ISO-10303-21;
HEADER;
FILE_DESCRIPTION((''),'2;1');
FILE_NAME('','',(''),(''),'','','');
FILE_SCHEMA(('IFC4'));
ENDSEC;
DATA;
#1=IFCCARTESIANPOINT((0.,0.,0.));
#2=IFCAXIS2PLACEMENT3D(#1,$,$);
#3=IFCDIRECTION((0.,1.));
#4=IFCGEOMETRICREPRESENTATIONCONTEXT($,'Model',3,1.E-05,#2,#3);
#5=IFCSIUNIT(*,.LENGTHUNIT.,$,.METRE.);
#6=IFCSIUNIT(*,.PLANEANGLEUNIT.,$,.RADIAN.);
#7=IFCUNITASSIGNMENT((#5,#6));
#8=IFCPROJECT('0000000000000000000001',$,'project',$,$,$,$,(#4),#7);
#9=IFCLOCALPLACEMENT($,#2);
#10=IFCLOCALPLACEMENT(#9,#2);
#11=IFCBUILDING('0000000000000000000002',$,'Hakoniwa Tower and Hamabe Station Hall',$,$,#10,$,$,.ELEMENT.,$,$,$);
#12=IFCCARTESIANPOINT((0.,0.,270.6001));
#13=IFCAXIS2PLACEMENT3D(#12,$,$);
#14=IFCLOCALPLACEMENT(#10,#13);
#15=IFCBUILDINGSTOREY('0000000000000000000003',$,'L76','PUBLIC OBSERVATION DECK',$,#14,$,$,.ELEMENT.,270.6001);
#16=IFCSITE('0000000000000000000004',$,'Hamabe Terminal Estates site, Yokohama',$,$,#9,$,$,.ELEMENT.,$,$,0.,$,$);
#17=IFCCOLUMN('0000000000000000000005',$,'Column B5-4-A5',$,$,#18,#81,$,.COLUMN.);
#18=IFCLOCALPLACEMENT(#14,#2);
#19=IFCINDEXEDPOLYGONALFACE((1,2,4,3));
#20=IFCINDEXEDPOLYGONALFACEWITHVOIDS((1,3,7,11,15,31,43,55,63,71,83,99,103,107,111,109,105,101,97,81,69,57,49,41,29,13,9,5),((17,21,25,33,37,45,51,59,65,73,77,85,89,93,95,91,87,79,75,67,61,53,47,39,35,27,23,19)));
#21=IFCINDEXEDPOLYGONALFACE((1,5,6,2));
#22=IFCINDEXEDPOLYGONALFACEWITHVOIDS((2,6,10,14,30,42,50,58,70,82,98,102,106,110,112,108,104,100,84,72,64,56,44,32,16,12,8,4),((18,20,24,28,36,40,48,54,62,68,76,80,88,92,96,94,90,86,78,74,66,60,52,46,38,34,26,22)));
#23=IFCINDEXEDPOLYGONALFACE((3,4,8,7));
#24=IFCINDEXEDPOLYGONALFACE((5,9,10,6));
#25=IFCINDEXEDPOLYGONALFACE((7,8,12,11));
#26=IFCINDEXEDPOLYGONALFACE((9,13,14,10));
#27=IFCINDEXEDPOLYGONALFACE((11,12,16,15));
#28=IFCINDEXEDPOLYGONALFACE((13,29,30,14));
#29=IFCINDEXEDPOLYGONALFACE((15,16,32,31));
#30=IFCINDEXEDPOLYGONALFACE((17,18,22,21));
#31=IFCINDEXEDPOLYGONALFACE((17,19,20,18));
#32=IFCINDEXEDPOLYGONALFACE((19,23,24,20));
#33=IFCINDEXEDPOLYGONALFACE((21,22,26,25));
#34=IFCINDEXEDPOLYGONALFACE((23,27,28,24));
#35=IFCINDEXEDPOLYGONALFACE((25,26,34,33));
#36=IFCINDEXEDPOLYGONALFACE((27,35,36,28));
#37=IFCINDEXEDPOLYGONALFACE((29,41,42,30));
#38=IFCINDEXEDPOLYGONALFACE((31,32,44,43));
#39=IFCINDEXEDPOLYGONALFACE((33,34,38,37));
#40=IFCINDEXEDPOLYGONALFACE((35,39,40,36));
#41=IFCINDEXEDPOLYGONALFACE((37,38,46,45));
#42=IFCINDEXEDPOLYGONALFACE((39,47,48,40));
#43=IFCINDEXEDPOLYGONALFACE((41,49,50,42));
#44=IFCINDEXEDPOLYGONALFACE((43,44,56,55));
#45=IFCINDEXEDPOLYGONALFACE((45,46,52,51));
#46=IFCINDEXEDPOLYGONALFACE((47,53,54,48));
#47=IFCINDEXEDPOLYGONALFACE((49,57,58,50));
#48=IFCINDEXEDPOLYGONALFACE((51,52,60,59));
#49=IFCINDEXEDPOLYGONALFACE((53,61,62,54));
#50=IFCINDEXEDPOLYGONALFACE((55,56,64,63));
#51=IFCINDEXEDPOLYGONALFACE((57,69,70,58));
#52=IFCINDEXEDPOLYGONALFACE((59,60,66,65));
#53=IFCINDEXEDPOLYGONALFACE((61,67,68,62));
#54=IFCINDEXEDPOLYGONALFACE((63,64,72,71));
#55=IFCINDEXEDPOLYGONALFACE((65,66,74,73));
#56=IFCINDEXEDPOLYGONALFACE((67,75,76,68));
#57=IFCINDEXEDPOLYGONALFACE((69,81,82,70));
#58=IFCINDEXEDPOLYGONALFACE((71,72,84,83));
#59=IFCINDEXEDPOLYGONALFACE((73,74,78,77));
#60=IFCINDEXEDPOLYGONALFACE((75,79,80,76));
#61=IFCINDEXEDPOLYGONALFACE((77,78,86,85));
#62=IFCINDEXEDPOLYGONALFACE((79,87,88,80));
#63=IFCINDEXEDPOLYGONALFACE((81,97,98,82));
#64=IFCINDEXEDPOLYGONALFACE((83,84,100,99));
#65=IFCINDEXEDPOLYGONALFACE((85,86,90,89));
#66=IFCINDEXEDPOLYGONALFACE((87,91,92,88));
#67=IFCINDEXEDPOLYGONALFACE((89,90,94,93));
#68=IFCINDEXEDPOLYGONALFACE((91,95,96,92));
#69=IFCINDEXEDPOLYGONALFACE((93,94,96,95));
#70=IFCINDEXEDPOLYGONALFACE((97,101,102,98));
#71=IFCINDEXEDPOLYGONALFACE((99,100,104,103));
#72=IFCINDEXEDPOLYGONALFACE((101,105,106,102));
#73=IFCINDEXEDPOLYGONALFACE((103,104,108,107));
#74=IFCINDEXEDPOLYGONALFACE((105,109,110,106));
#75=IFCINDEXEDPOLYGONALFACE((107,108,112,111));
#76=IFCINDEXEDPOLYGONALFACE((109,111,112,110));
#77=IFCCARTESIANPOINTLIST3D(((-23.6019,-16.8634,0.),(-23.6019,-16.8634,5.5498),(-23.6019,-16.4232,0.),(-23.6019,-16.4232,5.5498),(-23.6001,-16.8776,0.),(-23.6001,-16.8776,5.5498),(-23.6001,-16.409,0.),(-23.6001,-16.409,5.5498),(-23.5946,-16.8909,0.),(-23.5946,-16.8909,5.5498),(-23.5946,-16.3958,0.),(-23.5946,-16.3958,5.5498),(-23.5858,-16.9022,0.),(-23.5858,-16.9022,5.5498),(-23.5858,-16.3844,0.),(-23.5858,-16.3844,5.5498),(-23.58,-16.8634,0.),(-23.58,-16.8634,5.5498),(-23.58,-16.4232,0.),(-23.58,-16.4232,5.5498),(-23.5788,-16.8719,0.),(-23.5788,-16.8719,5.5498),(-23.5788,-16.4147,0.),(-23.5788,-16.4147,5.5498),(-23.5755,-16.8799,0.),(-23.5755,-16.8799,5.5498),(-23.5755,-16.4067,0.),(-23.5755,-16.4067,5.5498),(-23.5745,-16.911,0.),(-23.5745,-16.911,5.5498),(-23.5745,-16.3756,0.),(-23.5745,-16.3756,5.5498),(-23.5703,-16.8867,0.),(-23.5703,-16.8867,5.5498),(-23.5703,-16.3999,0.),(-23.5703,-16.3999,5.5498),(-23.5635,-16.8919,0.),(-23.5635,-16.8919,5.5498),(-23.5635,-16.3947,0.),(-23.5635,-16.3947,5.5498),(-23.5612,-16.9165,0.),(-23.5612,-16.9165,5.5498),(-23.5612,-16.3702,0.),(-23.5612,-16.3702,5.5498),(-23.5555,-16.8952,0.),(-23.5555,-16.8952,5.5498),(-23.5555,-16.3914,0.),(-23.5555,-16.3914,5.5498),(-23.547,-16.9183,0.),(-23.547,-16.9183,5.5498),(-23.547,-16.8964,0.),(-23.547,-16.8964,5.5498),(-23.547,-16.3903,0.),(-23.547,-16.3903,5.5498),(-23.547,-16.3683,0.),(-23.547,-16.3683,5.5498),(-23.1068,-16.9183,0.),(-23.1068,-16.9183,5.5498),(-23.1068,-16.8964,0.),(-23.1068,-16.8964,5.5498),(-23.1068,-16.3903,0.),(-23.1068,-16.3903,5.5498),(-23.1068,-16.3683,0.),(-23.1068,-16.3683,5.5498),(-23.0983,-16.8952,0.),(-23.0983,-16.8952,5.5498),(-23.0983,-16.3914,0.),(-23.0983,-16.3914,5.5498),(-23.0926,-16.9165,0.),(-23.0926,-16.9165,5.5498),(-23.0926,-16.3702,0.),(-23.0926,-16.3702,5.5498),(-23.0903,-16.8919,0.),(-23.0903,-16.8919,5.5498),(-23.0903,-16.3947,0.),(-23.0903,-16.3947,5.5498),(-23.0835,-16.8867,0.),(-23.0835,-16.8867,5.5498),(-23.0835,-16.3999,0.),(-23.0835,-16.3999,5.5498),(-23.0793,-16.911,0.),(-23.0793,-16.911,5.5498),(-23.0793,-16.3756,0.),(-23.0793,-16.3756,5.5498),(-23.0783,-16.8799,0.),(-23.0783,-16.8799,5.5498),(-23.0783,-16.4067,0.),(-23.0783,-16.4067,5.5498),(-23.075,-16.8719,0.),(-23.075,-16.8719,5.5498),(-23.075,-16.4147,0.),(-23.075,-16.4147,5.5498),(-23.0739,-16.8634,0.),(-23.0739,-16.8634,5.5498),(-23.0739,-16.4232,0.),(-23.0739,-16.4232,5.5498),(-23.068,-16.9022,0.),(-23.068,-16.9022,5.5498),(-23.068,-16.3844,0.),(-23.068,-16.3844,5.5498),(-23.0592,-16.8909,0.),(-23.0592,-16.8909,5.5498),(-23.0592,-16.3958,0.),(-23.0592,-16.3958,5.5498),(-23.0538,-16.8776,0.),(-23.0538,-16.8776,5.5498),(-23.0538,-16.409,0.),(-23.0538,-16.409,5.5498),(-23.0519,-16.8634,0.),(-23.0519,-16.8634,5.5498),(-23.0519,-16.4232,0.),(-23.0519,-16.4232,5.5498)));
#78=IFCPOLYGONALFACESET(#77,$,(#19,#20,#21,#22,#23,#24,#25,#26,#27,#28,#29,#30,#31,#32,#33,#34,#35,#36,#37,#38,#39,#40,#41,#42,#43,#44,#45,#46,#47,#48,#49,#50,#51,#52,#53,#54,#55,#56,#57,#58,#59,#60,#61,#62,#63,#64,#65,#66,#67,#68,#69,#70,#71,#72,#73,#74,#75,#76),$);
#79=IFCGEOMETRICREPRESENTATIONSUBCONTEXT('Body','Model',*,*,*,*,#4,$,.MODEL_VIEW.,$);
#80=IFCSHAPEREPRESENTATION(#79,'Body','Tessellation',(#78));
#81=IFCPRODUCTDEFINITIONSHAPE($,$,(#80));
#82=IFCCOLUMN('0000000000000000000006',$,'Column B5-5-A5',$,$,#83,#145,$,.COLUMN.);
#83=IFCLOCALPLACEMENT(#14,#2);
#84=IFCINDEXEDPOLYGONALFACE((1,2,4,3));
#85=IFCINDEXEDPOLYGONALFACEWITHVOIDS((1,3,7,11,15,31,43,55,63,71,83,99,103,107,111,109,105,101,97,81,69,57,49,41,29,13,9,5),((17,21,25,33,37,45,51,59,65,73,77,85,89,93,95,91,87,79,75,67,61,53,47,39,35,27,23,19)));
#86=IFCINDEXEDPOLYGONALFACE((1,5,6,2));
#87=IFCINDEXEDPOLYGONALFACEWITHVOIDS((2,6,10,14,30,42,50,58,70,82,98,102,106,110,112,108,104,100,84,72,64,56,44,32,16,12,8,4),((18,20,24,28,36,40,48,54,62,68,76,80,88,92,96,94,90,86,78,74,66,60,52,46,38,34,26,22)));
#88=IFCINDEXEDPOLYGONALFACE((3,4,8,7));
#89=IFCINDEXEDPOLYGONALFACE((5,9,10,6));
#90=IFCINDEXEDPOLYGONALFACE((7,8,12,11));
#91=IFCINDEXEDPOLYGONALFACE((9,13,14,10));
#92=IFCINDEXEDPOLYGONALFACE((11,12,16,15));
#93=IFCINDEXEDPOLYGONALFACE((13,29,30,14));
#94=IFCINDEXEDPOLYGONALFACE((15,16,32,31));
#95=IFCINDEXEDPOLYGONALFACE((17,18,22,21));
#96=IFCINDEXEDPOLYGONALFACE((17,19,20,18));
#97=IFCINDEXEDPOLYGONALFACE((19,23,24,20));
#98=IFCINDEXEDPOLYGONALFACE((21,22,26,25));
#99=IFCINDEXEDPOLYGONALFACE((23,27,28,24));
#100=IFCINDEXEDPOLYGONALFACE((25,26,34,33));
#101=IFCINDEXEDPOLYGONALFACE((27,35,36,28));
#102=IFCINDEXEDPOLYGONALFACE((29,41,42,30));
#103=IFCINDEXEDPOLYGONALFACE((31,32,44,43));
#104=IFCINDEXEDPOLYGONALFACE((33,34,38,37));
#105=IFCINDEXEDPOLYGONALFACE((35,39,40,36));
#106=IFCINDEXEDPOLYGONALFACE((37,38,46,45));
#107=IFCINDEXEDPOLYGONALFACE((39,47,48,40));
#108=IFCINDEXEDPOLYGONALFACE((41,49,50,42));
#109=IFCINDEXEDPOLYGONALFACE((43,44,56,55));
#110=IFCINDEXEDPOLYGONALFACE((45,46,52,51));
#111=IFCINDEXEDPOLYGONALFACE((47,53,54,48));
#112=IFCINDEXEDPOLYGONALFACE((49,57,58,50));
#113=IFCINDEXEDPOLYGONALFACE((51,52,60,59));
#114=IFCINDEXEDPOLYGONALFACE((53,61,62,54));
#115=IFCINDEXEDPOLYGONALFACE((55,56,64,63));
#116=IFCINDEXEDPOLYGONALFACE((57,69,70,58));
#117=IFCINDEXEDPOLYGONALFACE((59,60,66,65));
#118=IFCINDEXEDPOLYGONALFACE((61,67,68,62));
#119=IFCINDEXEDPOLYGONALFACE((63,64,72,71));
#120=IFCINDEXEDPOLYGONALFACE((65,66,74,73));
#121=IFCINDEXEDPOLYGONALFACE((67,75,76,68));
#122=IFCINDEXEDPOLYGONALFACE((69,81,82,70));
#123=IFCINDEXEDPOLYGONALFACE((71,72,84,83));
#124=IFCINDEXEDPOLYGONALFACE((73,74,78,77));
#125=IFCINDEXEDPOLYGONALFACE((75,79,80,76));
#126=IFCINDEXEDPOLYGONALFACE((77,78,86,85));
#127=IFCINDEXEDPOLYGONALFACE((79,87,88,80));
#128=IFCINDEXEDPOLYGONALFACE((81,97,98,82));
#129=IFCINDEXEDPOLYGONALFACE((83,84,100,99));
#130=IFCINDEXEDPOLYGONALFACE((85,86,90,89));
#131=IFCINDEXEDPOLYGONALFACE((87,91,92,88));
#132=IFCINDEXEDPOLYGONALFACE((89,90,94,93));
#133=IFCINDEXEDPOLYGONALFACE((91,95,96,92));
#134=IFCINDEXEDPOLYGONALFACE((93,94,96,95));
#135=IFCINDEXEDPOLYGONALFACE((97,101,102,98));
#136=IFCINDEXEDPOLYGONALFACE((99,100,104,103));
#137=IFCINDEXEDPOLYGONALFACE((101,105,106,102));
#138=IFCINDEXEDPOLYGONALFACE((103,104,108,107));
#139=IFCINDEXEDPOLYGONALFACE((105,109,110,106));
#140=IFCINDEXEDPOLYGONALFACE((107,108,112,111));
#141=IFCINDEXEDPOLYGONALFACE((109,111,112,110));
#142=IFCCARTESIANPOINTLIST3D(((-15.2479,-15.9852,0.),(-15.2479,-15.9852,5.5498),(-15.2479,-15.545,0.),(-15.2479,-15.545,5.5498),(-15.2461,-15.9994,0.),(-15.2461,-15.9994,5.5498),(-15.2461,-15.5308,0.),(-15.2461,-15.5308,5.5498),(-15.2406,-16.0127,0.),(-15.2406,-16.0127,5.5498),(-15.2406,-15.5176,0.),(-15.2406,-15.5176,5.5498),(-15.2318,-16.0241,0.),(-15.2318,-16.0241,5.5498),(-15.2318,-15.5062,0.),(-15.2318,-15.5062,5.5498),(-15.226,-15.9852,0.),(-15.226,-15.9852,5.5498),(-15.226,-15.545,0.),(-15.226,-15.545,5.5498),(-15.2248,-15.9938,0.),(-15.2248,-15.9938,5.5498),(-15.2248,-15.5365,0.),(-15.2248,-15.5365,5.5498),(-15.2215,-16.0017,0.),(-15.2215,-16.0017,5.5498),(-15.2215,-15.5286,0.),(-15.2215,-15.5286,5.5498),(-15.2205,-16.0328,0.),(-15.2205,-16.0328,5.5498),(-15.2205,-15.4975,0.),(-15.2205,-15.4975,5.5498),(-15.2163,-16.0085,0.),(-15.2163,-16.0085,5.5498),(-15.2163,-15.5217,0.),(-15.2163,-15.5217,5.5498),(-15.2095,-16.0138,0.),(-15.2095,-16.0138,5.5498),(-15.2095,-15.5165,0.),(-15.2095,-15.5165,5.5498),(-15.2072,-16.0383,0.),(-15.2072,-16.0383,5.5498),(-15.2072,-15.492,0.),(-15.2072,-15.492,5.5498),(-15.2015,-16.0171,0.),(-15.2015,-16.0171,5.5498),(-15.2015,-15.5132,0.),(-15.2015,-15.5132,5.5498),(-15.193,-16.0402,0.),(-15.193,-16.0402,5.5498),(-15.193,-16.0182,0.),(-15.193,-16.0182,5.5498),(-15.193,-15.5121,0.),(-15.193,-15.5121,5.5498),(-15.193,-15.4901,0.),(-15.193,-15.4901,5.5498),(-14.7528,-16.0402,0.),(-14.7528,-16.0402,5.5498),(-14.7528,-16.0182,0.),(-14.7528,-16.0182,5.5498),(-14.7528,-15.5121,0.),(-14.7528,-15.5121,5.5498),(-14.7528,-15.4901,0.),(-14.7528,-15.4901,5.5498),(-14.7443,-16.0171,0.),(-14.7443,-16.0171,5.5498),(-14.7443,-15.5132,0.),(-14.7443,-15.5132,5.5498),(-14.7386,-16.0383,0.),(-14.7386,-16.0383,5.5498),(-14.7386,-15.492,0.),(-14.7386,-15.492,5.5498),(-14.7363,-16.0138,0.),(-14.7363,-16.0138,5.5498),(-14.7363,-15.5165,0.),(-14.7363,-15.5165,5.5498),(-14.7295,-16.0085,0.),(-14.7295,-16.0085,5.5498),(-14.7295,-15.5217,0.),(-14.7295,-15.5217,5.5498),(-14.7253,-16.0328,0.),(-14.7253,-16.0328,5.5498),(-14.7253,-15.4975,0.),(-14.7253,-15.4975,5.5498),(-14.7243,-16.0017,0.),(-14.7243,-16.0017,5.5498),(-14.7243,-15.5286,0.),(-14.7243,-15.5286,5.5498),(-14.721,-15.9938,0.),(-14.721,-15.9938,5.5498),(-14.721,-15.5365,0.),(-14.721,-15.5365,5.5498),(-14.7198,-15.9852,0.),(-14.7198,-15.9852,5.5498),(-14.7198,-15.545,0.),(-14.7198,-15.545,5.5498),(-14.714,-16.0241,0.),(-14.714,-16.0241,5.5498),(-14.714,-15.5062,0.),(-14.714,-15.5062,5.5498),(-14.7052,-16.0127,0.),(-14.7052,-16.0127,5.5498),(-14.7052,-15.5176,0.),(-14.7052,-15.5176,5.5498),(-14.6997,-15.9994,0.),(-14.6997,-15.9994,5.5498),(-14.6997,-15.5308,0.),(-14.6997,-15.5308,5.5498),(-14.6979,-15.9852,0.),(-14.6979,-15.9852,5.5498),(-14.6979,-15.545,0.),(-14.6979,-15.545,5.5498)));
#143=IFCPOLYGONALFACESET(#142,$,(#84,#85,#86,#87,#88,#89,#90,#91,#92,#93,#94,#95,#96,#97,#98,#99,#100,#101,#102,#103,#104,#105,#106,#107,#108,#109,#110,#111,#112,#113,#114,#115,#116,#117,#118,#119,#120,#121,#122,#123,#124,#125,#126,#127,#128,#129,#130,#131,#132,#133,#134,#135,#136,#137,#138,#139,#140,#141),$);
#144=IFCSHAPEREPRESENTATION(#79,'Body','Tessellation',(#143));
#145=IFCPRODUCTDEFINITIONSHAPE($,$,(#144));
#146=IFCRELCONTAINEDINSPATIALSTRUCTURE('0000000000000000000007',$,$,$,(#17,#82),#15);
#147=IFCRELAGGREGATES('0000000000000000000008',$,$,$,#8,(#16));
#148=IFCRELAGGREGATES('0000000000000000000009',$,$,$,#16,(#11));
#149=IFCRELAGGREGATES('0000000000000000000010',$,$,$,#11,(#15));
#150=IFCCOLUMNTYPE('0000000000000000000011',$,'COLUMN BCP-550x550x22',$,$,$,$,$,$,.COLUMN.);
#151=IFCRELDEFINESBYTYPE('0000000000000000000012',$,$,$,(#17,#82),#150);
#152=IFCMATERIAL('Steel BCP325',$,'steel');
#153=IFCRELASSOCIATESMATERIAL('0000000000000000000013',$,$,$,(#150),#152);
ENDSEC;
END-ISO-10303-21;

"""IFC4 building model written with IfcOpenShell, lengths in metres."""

from ifc_helpers import new_model, si_unit, direction, frame, origin, origin_2d, place, context, subcontext, project, spatial, hollow_rectangle, extrude, material, material_profile, profile_set, type_object, element, save


model = new_model("IFC4")

# Units and contexts
model_context = context("Model", 3, precision=1e-05, world=origin(), true_north=direction((0.0, 1.0)))
body_context = subcontext(model_context, "Body", "Model", "MODEL_VIEW")
ifc_project = project(units=[si_unit("LENGTHUNIT", "METRE"), si_unit("PLANEANGLEUNIT", "RADIAN")], contexts=[model_context])

# Site, building, storey
site_placement = place(None, origin())
site = spatial("IfcSite", under=ifc_project, at=site_placement, Name="Hamabe Terminal Estates site, Yokohama", CompositionType="ELEMENT", RefElevation=0.0)
building_placement = place(site_placement, origin())
building = spatial("IfcBuilding", under=site, at=building_placement, Name="Hakoniwa Tower and Hamabe Station Hall", CompositionType="ELEMENT")
storey_placement = place(building_placement, frame((0.0, 0.0, 270.6001)))
storey = spatial("IfcBuildingStorey", under=building, at=storey_placement, Name="L76", Description="PUBLIC OBSERVATION DECK", CompositionType="ELEMENT", Elevation=270.6001)

# Columns
ifc_material_1 = material(Name="Steel BCP325", Category="steel")
ifc_material_profile_1 = material_profile(ifc_material_1, hollow_rectangle(XDim=0.55, YDim=0.55, WallThickness=0.022, InnerFilletRadius=0.033, OuterFilletRadius=0.0549, at=origin_2d()), Name="BCP-550x550x22")
ifc_profile_set_1 = profile_set([ifc_material_profile_1], Name="Steel BCP325")
column_type_1 = type_object("IfcColumnType", Name="COLUMN BCP-550x550x22", PredefinedType="COLUMN", material=ifc_profile_set_1)
for number, where, z_axis, x_axis, name in (
    (1, (-23.3269, -16.6433, 0.0), (0.0, 0.0, 1.0), (1.0, 0.0, 0.0), "Column B5-4-A5"),
    (2, (-14.9729, -15.7651, 0.0), (0.0, 0.0, 1.0), (1.0, 0.0, 0.0), "Column B5-5-A5"),
):
    element("IfcColumn", number, at=place(storey_placement, frame(where, z_axis=z_axis, x_axis=x_axis)), inside=storey, type_object=column_type_1, Name=name, PredefinedType="COLUMN", context=body_context, shape_type="SweptSolid", body=[
        extrude(hollow_rectangle(XDim=0.55, YDim=0.55, WallThickness=0.022, InnerFilletRadius=0.033, OuterFilletRadius=0.0549, at=origin_2d()), origin(), (0.0, 0.0, 1.0), 5.5498),
    ])

save(model, "model.ifc")
